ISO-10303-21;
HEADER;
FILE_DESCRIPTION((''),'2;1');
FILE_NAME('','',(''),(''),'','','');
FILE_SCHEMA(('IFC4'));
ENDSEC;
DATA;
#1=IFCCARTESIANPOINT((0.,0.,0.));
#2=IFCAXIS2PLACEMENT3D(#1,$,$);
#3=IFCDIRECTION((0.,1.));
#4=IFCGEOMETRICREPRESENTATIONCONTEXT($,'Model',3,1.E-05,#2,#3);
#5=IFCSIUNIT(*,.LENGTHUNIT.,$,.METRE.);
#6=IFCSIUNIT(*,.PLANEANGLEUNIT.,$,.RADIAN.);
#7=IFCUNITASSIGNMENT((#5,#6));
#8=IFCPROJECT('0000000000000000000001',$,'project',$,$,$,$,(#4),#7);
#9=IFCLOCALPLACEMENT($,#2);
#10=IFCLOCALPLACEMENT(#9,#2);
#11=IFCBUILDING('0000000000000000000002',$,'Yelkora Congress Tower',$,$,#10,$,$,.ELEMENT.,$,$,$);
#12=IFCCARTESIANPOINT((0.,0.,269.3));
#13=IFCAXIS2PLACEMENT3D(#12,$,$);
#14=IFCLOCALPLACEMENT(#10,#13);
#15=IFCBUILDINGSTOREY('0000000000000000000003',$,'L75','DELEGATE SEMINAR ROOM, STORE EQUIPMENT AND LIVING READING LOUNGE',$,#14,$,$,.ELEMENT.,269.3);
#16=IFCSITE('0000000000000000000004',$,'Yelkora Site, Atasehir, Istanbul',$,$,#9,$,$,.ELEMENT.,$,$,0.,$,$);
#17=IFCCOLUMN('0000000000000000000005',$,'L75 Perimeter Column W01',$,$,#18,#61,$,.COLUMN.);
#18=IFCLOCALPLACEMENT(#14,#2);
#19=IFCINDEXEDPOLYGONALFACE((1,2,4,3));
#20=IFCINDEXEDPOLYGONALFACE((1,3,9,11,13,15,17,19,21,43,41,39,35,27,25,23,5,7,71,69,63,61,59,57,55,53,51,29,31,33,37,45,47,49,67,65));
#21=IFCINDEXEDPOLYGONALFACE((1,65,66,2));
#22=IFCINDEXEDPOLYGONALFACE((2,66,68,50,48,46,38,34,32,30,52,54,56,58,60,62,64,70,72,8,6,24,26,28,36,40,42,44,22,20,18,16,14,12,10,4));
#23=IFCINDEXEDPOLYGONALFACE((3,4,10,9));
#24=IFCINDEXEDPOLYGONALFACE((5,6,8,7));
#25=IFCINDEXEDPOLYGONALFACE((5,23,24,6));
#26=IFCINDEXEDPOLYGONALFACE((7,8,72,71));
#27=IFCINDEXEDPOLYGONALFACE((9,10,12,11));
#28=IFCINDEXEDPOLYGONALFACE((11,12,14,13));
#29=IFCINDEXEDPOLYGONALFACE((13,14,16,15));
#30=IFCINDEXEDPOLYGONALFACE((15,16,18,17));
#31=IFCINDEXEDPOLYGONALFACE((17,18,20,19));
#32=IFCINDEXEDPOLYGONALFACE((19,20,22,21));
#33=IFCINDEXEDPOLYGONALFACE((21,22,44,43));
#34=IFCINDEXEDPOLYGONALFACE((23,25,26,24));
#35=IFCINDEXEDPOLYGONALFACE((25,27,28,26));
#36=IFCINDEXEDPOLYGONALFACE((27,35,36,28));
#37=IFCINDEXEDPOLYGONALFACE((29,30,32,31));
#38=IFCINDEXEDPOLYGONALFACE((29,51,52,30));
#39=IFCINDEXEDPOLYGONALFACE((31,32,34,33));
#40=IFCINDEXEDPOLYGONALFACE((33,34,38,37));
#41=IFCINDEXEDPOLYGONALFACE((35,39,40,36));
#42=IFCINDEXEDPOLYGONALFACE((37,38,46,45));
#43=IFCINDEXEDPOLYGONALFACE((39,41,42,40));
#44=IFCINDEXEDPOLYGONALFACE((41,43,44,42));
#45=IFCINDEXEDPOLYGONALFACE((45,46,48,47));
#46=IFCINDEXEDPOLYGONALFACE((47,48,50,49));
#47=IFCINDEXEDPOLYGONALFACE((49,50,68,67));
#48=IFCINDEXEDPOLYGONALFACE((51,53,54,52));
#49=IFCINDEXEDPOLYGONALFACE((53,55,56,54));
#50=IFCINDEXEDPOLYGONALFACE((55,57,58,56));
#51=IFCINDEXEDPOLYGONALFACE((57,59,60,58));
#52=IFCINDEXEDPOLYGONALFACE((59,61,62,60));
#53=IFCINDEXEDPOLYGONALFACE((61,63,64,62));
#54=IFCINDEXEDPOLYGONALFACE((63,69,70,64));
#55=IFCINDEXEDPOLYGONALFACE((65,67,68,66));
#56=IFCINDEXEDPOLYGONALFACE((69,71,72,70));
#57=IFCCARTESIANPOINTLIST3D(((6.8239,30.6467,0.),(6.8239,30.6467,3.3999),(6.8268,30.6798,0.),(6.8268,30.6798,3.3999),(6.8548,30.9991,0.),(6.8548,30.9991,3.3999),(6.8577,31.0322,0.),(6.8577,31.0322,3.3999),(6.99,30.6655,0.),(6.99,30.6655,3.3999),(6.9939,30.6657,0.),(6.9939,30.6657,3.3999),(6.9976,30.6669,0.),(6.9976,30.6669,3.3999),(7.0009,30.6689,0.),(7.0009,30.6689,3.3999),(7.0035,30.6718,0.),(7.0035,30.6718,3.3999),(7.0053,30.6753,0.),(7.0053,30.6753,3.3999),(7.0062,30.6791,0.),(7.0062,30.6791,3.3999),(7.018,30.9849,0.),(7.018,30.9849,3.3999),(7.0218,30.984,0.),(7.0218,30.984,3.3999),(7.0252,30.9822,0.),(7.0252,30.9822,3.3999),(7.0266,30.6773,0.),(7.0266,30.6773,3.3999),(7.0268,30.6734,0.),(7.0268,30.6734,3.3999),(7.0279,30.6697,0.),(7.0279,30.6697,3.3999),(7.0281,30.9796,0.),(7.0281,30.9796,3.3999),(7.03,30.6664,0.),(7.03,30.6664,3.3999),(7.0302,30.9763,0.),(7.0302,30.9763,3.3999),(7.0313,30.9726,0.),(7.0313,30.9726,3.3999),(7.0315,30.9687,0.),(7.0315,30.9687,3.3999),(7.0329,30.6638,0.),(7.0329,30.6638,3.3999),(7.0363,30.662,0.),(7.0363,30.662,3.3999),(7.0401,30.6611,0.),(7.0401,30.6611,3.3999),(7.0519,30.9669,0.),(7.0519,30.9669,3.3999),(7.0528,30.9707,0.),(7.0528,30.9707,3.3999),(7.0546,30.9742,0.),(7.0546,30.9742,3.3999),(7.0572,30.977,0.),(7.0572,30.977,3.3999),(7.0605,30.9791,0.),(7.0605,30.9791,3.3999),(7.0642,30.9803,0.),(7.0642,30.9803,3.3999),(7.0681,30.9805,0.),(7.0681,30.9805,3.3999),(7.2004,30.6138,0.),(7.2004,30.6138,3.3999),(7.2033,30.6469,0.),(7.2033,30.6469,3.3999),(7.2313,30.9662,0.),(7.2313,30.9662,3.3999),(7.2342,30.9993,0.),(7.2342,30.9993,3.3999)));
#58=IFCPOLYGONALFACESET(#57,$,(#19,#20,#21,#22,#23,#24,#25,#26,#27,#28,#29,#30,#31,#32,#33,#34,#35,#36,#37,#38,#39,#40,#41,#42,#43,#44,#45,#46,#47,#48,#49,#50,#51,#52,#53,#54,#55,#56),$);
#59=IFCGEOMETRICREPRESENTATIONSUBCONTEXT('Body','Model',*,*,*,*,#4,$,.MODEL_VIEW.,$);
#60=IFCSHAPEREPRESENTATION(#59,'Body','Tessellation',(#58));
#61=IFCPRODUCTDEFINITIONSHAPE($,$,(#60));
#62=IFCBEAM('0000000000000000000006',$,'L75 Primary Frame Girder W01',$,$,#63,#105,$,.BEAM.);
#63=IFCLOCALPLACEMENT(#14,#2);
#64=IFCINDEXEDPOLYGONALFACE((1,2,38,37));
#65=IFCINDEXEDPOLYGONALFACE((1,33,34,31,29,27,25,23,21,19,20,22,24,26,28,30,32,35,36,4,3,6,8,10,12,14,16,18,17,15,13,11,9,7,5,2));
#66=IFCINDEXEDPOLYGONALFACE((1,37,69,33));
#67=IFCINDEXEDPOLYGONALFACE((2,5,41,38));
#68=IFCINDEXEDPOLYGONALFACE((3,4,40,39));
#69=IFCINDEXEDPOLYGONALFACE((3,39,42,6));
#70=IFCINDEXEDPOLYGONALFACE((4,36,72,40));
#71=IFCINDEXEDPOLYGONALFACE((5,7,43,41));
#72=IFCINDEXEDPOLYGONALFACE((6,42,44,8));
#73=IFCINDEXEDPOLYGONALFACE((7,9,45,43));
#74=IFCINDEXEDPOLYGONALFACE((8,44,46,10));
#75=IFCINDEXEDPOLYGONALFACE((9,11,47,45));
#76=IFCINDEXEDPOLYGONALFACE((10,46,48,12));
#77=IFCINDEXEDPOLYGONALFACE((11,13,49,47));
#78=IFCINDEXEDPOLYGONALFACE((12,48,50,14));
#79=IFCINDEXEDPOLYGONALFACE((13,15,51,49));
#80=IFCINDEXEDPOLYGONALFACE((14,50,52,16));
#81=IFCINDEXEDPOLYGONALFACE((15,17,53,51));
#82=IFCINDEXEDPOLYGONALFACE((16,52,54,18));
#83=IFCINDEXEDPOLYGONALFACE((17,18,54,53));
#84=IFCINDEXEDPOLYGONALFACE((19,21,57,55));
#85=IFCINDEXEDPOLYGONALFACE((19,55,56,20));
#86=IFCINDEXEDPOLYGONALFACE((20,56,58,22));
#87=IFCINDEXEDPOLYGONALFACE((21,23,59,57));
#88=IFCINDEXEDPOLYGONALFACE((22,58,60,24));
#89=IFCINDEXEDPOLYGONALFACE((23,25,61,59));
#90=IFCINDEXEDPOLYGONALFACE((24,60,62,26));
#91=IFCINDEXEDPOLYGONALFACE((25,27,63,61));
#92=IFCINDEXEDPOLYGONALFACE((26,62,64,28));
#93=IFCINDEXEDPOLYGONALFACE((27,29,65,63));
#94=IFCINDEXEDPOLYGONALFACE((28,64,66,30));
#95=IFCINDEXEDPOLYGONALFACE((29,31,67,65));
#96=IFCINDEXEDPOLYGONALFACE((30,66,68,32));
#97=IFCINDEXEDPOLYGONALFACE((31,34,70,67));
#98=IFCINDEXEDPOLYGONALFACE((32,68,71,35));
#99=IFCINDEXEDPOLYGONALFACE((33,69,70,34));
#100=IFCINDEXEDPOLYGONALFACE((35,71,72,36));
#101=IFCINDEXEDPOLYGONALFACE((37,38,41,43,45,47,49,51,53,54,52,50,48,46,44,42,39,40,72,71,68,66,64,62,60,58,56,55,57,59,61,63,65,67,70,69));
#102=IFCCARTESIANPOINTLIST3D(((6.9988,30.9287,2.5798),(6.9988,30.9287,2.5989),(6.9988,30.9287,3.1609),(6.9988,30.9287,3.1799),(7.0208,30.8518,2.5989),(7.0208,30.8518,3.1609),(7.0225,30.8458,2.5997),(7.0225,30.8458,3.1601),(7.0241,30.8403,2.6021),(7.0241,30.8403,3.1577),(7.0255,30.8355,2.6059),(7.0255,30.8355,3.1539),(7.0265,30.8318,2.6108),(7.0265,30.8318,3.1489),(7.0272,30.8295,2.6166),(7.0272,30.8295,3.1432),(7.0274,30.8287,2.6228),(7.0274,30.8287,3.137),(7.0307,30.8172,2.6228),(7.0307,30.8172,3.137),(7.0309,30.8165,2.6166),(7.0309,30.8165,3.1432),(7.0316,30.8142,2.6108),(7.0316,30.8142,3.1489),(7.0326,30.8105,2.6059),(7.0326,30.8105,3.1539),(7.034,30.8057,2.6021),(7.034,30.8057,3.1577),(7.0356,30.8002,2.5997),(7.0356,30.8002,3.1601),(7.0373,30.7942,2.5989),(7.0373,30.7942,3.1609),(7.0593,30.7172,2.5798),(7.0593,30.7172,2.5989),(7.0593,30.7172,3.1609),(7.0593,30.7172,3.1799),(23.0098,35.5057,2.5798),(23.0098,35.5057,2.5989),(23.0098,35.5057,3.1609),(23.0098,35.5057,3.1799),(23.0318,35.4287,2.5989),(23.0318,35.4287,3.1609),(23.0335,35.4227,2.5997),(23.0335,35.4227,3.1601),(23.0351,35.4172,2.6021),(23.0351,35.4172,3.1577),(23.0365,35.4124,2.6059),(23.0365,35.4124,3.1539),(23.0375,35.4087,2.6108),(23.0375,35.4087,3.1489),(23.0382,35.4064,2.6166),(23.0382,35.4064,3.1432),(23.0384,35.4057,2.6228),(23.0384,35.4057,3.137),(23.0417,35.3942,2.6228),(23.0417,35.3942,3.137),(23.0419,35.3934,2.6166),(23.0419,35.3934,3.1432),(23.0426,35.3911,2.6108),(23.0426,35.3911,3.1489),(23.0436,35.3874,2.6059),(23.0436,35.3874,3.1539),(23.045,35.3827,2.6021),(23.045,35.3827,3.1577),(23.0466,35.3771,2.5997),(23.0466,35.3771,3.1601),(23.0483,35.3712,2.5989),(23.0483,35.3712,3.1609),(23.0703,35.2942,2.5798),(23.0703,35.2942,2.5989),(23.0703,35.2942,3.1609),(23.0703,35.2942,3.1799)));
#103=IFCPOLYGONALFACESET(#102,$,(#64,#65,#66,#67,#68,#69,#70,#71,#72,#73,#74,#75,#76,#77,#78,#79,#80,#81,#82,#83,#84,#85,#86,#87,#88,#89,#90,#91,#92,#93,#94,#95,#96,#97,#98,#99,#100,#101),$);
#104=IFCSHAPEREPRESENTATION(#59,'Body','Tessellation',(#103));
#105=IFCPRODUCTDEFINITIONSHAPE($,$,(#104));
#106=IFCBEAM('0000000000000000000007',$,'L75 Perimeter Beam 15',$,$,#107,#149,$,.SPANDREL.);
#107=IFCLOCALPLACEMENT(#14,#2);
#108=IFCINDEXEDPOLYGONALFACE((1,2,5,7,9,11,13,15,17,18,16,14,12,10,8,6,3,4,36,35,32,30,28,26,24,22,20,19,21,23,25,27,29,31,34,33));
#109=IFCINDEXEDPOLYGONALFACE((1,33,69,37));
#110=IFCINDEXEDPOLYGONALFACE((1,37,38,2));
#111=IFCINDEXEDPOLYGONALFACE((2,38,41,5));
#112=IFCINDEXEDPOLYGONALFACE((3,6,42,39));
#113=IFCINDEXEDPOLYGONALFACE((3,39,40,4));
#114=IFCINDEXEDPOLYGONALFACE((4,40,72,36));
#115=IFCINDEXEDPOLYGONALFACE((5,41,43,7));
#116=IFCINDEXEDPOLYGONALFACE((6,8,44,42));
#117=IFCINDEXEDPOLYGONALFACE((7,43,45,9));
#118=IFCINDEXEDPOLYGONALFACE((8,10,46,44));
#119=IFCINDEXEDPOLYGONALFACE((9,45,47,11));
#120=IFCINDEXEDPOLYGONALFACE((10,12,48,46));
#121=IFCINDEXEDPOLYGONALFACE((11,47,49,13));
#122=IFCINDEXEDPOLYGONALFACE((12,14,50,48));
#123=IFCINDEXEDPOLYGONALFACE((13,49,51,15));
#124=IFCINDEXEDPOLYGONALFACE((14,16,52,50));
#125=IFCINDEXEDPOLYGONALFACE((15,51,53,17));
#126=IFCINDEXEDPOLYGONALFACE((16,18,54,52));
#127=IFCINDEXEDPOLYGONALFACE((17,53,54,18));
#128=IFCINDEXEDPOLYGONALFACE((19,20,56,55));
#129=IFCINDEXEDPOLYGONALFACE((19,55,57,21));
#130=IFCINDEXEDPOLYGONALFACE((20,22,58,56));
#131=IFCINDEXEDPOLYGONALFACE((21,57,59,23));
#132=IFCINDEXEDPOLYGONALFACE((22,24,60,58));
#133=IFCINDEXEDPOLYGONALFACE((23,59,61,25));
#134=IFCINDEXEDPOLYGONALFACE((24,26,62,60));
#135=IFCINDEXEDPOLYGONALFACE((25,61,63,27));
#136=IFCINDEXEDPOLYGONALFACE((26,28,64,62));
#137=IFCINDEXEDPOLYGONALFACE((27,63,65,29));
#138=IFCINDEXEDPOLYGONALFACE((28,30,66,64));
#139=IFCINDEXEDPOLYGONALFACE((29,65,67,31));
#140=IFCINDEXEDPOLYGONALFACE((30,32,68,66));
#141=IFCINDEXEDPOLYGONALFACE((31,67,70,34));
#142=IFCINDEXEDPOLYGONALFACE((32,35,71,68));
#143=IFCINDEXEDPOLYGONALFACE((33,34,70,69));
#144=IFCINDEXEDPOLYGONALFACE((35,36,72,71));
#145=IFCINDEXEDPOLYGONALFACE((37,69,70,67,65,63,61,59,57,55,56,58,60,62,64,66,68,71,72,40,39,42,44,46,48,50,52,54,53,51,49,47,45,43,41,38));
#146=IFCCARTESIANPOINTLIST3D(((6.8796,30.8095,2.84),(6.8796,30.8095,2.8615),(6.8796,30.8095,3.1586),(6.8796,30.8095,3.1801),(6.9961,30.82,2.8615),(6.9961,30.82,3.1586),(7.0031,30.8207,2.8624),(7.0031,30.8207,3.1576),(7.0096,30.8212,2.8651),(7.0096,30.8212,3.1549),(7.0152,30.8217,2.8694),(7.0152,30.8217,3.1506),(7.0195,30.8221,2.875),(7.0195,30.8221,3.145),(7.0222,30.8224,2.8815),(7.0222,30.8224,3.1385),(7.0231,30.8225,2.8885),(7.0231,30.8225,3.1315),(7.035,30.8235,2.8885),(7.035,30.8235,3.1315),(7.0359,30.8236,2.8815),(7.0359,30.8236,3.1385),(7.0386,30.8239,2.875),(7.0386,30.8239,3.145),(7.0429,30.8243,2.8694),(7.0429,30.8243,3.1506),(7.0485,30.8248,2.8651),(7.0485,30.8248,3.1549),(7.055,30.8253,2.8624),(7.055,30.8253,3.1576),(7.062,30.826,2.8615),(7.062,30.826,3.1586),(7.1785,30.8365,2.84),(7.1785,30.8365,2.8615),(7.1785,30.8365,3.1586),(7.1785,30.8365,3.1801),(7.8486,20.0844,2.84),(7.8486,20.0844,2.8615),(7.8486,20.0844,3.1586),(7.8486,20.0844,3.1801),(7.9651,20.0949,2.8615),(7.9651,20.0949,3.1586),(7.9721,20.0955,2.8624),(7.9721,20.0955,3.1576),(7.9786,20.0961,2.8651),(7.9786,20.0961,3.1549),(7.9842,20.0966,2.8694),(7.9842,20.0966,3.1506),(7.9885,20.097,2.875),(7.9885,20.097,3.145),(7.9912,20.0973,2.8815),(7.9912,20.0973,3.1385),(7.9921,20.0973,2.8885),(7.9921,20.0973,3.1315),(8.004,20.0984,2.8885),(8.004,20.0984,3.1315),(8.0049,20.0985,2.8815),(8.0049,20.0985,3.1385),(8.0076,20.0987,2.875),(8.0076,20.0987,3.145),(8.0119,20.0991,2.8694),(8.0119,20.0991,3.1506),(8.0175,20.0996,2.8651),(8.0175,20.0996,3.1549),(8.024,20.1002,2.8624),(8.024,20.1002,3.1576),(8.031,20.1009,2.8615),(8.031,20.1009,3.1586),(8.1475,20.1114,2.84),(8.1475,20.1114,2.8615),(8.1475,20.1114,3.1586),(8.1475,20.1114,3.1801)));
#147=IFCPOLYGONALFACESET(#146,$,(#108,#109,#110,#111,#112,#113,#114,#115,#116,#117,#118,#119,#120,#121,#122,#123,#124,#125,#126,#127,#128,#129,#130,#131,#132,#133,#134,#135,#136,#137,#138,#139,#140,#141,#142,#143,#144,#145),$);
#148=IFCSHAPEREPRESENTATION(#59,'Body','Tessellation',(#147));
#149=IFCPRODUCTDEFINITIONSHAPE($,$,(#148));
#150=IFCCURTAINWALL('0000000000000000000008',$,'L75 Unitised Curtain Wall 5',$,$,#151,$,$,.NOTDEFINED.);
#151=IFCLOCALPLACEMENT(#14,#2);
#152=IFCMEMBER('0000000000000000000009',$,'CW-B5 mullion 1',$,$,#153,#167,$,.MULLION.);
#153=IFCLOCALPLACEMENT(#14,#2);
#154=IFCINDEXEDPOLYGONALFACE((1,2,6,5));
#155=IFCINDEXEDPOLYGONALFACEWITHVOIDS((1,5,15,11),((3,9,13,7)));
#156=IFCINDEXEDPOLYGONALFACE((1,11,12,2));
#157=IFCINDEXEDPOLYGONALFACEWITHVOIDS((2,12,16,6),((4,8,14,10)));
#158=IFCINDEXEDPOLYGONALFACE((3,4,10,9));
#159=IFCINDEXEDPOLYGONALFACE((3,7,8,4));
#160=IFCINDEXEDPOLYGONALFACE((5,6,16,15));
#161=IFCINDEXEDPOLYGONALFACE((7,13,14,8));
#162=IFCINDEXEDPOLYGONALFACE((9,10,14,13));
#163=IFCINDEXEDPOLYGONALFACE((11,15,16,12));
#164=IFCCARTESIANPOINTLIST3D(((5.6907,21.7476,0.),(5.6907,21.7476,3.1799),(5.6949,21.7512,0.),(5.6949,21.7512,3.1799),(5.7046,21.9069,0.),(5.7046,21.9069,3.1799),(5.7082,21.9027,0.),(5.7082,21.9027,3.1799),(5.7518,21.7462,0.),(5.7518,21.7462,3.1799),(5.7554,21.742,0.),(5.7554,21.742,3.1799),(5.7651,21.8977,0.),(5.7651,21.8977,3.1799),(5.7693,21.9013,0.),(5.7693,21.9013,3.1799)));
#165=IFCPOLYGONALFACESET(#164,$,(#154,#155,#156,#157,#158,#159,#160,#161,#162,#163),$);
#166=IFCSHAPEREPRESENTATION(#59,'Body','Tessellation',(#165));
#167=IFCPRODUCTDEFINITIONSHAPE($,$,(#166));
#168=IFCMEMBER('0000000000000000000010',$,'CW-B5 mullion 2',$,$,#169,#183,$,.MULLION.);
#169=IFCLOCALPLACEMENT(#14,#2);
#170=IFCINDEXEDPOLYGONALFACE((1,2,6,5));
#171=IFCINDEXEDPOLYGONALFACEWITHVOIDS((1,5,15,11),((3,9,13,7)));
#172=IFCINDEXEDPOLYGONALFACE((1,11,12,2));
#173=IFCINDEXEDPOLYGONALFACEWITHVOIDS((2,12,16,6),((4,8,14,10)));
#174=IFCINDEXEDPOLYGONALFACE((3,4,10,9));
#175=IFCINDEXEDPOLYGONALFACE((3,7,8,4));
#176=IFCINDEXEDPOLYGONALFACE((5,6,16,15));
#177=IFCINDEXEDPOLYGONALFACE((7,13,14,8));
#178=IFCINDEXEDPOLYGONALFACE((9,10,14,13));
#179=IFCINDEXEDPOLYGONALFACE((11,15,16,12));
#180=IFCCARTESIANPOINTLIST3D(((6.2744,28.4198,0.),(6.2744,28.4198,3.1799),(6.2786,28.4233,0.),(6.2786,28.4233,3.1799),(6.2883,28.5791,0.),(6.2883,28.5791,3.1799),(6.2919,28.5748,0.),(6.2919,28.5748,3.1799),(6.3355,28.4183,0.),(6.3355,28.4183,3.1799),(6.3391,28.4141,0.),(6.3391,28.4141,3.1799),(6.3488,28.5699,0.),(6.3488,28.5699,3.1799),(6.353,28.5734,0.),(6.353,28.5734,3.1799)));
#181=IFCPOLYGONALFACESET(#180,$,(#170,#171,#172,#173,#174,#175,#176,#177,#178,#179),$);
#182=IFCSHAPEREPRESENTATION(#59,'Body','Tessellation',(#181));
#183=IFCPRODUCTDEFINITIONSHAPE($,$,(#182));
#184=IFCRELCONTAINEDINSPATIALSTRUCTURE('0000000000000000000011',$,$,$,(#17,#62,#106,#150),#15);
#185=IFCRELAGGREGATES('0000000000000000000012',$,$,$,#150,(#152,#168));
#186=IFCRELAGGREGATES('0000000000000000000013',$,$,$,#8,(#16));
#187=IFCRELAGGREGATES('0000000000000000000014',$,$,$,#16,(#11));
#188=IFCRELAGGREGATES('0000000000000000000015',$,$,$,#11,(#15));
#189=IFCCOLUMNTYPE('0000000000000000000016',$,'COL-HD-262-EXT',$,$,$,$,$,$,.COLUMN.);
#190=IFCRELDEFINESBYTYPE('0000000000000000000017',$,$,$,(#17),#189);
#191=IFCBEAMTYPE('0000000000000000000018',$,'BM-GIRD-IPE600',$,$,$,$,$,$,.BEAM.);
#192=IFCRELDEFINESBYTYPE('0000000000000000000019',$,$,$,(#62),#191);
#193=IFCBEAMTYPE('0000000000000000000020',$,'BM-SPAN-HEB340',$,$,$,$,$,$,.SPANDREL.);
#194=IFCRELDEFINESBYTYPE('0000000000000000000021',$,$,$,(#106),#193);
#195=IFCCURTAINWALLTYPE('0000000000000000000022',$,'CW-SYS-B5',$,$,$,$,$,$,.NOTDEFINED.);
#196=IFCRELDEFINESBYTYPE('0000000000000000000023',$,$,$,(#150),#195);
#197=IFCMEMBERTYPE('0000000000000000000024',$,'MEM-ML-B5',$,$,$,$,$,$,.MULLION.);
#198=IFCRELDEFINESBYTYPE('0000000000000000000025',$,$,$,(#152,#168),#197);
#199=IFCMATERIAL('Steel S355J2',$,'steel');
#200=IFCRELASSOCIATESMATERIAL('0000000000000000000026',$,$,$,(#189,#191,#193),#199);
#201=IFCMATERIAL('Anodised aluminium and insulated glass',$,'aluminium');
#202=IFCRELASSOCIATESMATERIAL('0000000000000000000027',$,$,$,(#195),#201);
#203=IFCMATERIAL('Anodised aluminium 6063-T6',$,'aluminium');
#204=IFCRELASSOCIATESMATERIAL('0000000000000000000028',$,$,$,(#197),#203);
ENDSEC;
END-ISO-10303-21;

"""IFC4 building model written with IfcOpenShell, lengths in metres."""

from ifc_helpers import new_model, si_unit, direction, frame, origin, origin_2d, place, context, subcontext, project, spatial, hollow_rectangle, i_section, extrude, material, material_profile, profile_set, type_object, element, aggregate, save


model = new_model("IFC4")

# Units and contexts
model_context = context("Model", 3, precision=1e-05, world=origin(), true_north=direction((0.0, 1.0)))
body_context = subcontext(model_context, "Body", "Model", "MODEL_VIEW")
ifc_project = project(units=[si_unit("LENGTHUNIT", "METRE"), si_unit("PLANEANGLEUNIT", "RADIAN")], contexts=[model_context])

# Site, building, storey
site_placement = place(None, origin())
site = spatial("IfcSite", under=ifc_project, at=site_placement, Name="Yelkora Site, Atasehir, Istanbul", CompositionType="ELEMENT", RefElevation=0.0)
building_placement = place(site_placement, origin())
building = spatial("IfcBuilding", under=site, at=building_placement, Name="Yelkora Congress Tower", CompositionType="ELEMENT")
storey_placement = place(building_placement, frame((0.0, 0.0, 269.3)))
storey = spatial("IfcBuildingStorey", under=building, at=storey_placement, Name="L75", Description="DELEGATE SEMINAR ROOM, STORE EQUIPMENT AND LIVING READING LOUNGE", CompositionType="ELEMENT", Elevation=269.3)

# Column
ifc_material_1 = material(Name="Steel S355J2", Category="steel")
ifc_material_profile_1 = material_profile(ifc_material_1, i_section(OverallWidth=0.3779, OverallDepth=0.387, WebThickness=0.0205, FlangeThickness=0.0332, FilletRadius=0.0149, at=origin_2d()), Name="HD 360x262")
ifc_profile_set_1 = profile_set([ifc_material_profile_1], Name="Steel S355J2")
column_type = type_object("IfcColumnType", Name="COL-HD-262-EXT", PredefinedType="COLUMN", material=ifc_profile_set_1)
column_placement = place(storey_placement, frame((7.0291, 30.823, 0.0), z_axis=(0.0, 0.0, 1.0), x_axis=(0.996195, -0.087156, 0.0)))
element("IfcColumn", 1, at=column_placement, inside=storey, type_object=column_type, Name="L75 Perimeter Column W01", PredefinedType="COLUMN", context=body_context, shape_type="SweptSolid", body=[
    extrude(i_section(OverallWidth=0.3779, OverallDepth=0.387, WebThickness=0.0205, FlangeThickness=0.0332, FilletRadius=0.0149, at=origin_2d()), origin(), (0.0, 0.0, 1.0), 3.3999),
])

# Beams
ifc_material_profile_2 = material_profile(ifc_material_1, i_section(OverallWidth=0.22, OverallDepth=0.6001, WebThickness=0.012, FlangeThickness=0.019, FilletRadius=0.0239, at=origin_2d()), Name="IPE 600")
ifc_profile_set_2 = profile_set([ifc_material_profile_2], Name="Steel S355J2")
beam_type_1 = type_object("IfcBeamType", Name="BM-GIRD-IPE600", PredefinedType="BEAM", material=ifc_profile_set_2)
beam_1_placement = place(storey_placement, frame((7.0291, 30.823, 2.8799), z_axis=(0.961487, 0.274851, 0.0), x_axis=(-0.274851, 0.961487, 0.0)))
element("IfcBeam", 2, at=beam_1_placement, inside=storey, type_object=beam_type_1, Name="L75 Primary Frame Girder W01", PredefinedType="BEAM", context=body_context, shape_type="SweptSolid", body=[
    extrude(i_section(OverallWidth=0.22, OverallDepth=0.6001, WebThickness=0.012, FlangeThickness=0.019, FilletRadius=0.0239, at=origin_2d()), origin(), (0.0, 0.0, 1.0), 16.6523),
])
ifc_material_profile_3 = material_profile(ifc_material_1, i_section(OverallWidth=0.3, OverallDepth=0.3401, WebThickness=0.012, FlangeThickness=0.0215, FilletRadius=0.0271, at=origin_2d()), Name="HEB 340")
ifc_profile_set_3 = profile_set([ifc_material_profile_3], Name="Steel S355J2")
beam_type_2 = type_object("IfcBeamType", Name="BM-SPAN-HEB340", PredefinedType="SPANDREL", material=ifc_profile_set_3)
beam_2_placement = place(storey_placement, frame((7.0291, 30.823, 3.01), z_axis=(0.089982, -0.995943, 0.0), x_axis=(0.995943, 0.089982, 0.0)))
element("IfcBeam", 3, at=beam_2_placement, inside=storey, type_object=beam_type_2, Name="L75 Perimeter Beam 15", PredefinedType="SPANDREL", context=body_context, shape_type="SweptSolid", body=[
    extrude(i_section(OverallWidth=0.3, OverallDepth=0.3401, WebThickness=0.012, FlangeThickness=0.0215, FilletRadius=0.0271, at=origin_2d()), origin(), (0.0, 0.0, 1.0), 10.7688),
])

# Curtain wall, members
ifc_material_2 = material(Name="Anodised aluminium and insulated glass", Category="aluminium")
curtain_wall_type = type_object("IfcCurtainWallType", Name="CW-SYS-B5", PredefinedType="NOTDEFINED", material=ifc_material_2)
curtain_wall_placement = place(storey_placement, origin())
curtain_wall = element("IfcCurtainWall", 4, at=curtain_wall_placement, inside=storey, type_object=curtain_wall_type, Name="L75 Unitised Curtain Wall 5", PredefinedType="NOTDEFINED")
ifc_material_3 = material(Name="Anodised aluminium 6063-T6", Category="aluminium")
ifc_material_profile_4 = material_profile(ifc_material_3, hollow_rectangle(XDim=0.0649, YDim=0.1599, WallThickness=0.0039, at=origin_2d()), Name="ALU 65x160x4")
ifc_profile_set_4 = profile_set([ifc_material_profile_4], Name="Anodised aluminium 6063-T6")
member_type_1 = type_object("IfcMemberType", Name="MEM-ML-B5", PredefinedType="MULLION", material=ifc_profile_set_4)
member_1_placement = place(storey_placement, frame((5.73, 21.8245, 0.0), z_axis=(0.0, 0.0, 1.0), x_axis=(-0.996195, 0.087155, 0.0)))
member_1 = element("IfcMember", 5, at=member_1_placement, type_object=member_type_1, Name="CW-B5 mullion 1", PredefinedType="MULLION", context=body_context, shape_type="SweptSolid", body=[
    extrude(hollow_rectangle(XDim=0.0649, YDim=0.1599, WallThickness=0.0039, at=origin_2d()), origin(), (0.0, 0.0, 1.0), 3.1799),
])
member_2_placement = place(storey_placement, frame((6.3137, 28.4966, 0.0), z_axis=(0.0, 0.0, 1.0), x_axis=(-0.996195, 0.087155, 0.0)))
member_2 = element("IfcMember", 6, at=member_2_placement, type_object=member_type_1, Name="CW-B5 mullion 2", PredefinedType="MULLION", context=body_context, shape_type="SweptSolid", body=[
    extrude(hollow_rectangle(XDim=0.0649, YDim=0.1599, WallThickness=0.0039, at=origin_2d()), origin(), (0.0, 0.0, 1.0), 3.1799),
])
aggregate(curtain_wall, [member_1, member_2])

save(model, "model.ifc")
